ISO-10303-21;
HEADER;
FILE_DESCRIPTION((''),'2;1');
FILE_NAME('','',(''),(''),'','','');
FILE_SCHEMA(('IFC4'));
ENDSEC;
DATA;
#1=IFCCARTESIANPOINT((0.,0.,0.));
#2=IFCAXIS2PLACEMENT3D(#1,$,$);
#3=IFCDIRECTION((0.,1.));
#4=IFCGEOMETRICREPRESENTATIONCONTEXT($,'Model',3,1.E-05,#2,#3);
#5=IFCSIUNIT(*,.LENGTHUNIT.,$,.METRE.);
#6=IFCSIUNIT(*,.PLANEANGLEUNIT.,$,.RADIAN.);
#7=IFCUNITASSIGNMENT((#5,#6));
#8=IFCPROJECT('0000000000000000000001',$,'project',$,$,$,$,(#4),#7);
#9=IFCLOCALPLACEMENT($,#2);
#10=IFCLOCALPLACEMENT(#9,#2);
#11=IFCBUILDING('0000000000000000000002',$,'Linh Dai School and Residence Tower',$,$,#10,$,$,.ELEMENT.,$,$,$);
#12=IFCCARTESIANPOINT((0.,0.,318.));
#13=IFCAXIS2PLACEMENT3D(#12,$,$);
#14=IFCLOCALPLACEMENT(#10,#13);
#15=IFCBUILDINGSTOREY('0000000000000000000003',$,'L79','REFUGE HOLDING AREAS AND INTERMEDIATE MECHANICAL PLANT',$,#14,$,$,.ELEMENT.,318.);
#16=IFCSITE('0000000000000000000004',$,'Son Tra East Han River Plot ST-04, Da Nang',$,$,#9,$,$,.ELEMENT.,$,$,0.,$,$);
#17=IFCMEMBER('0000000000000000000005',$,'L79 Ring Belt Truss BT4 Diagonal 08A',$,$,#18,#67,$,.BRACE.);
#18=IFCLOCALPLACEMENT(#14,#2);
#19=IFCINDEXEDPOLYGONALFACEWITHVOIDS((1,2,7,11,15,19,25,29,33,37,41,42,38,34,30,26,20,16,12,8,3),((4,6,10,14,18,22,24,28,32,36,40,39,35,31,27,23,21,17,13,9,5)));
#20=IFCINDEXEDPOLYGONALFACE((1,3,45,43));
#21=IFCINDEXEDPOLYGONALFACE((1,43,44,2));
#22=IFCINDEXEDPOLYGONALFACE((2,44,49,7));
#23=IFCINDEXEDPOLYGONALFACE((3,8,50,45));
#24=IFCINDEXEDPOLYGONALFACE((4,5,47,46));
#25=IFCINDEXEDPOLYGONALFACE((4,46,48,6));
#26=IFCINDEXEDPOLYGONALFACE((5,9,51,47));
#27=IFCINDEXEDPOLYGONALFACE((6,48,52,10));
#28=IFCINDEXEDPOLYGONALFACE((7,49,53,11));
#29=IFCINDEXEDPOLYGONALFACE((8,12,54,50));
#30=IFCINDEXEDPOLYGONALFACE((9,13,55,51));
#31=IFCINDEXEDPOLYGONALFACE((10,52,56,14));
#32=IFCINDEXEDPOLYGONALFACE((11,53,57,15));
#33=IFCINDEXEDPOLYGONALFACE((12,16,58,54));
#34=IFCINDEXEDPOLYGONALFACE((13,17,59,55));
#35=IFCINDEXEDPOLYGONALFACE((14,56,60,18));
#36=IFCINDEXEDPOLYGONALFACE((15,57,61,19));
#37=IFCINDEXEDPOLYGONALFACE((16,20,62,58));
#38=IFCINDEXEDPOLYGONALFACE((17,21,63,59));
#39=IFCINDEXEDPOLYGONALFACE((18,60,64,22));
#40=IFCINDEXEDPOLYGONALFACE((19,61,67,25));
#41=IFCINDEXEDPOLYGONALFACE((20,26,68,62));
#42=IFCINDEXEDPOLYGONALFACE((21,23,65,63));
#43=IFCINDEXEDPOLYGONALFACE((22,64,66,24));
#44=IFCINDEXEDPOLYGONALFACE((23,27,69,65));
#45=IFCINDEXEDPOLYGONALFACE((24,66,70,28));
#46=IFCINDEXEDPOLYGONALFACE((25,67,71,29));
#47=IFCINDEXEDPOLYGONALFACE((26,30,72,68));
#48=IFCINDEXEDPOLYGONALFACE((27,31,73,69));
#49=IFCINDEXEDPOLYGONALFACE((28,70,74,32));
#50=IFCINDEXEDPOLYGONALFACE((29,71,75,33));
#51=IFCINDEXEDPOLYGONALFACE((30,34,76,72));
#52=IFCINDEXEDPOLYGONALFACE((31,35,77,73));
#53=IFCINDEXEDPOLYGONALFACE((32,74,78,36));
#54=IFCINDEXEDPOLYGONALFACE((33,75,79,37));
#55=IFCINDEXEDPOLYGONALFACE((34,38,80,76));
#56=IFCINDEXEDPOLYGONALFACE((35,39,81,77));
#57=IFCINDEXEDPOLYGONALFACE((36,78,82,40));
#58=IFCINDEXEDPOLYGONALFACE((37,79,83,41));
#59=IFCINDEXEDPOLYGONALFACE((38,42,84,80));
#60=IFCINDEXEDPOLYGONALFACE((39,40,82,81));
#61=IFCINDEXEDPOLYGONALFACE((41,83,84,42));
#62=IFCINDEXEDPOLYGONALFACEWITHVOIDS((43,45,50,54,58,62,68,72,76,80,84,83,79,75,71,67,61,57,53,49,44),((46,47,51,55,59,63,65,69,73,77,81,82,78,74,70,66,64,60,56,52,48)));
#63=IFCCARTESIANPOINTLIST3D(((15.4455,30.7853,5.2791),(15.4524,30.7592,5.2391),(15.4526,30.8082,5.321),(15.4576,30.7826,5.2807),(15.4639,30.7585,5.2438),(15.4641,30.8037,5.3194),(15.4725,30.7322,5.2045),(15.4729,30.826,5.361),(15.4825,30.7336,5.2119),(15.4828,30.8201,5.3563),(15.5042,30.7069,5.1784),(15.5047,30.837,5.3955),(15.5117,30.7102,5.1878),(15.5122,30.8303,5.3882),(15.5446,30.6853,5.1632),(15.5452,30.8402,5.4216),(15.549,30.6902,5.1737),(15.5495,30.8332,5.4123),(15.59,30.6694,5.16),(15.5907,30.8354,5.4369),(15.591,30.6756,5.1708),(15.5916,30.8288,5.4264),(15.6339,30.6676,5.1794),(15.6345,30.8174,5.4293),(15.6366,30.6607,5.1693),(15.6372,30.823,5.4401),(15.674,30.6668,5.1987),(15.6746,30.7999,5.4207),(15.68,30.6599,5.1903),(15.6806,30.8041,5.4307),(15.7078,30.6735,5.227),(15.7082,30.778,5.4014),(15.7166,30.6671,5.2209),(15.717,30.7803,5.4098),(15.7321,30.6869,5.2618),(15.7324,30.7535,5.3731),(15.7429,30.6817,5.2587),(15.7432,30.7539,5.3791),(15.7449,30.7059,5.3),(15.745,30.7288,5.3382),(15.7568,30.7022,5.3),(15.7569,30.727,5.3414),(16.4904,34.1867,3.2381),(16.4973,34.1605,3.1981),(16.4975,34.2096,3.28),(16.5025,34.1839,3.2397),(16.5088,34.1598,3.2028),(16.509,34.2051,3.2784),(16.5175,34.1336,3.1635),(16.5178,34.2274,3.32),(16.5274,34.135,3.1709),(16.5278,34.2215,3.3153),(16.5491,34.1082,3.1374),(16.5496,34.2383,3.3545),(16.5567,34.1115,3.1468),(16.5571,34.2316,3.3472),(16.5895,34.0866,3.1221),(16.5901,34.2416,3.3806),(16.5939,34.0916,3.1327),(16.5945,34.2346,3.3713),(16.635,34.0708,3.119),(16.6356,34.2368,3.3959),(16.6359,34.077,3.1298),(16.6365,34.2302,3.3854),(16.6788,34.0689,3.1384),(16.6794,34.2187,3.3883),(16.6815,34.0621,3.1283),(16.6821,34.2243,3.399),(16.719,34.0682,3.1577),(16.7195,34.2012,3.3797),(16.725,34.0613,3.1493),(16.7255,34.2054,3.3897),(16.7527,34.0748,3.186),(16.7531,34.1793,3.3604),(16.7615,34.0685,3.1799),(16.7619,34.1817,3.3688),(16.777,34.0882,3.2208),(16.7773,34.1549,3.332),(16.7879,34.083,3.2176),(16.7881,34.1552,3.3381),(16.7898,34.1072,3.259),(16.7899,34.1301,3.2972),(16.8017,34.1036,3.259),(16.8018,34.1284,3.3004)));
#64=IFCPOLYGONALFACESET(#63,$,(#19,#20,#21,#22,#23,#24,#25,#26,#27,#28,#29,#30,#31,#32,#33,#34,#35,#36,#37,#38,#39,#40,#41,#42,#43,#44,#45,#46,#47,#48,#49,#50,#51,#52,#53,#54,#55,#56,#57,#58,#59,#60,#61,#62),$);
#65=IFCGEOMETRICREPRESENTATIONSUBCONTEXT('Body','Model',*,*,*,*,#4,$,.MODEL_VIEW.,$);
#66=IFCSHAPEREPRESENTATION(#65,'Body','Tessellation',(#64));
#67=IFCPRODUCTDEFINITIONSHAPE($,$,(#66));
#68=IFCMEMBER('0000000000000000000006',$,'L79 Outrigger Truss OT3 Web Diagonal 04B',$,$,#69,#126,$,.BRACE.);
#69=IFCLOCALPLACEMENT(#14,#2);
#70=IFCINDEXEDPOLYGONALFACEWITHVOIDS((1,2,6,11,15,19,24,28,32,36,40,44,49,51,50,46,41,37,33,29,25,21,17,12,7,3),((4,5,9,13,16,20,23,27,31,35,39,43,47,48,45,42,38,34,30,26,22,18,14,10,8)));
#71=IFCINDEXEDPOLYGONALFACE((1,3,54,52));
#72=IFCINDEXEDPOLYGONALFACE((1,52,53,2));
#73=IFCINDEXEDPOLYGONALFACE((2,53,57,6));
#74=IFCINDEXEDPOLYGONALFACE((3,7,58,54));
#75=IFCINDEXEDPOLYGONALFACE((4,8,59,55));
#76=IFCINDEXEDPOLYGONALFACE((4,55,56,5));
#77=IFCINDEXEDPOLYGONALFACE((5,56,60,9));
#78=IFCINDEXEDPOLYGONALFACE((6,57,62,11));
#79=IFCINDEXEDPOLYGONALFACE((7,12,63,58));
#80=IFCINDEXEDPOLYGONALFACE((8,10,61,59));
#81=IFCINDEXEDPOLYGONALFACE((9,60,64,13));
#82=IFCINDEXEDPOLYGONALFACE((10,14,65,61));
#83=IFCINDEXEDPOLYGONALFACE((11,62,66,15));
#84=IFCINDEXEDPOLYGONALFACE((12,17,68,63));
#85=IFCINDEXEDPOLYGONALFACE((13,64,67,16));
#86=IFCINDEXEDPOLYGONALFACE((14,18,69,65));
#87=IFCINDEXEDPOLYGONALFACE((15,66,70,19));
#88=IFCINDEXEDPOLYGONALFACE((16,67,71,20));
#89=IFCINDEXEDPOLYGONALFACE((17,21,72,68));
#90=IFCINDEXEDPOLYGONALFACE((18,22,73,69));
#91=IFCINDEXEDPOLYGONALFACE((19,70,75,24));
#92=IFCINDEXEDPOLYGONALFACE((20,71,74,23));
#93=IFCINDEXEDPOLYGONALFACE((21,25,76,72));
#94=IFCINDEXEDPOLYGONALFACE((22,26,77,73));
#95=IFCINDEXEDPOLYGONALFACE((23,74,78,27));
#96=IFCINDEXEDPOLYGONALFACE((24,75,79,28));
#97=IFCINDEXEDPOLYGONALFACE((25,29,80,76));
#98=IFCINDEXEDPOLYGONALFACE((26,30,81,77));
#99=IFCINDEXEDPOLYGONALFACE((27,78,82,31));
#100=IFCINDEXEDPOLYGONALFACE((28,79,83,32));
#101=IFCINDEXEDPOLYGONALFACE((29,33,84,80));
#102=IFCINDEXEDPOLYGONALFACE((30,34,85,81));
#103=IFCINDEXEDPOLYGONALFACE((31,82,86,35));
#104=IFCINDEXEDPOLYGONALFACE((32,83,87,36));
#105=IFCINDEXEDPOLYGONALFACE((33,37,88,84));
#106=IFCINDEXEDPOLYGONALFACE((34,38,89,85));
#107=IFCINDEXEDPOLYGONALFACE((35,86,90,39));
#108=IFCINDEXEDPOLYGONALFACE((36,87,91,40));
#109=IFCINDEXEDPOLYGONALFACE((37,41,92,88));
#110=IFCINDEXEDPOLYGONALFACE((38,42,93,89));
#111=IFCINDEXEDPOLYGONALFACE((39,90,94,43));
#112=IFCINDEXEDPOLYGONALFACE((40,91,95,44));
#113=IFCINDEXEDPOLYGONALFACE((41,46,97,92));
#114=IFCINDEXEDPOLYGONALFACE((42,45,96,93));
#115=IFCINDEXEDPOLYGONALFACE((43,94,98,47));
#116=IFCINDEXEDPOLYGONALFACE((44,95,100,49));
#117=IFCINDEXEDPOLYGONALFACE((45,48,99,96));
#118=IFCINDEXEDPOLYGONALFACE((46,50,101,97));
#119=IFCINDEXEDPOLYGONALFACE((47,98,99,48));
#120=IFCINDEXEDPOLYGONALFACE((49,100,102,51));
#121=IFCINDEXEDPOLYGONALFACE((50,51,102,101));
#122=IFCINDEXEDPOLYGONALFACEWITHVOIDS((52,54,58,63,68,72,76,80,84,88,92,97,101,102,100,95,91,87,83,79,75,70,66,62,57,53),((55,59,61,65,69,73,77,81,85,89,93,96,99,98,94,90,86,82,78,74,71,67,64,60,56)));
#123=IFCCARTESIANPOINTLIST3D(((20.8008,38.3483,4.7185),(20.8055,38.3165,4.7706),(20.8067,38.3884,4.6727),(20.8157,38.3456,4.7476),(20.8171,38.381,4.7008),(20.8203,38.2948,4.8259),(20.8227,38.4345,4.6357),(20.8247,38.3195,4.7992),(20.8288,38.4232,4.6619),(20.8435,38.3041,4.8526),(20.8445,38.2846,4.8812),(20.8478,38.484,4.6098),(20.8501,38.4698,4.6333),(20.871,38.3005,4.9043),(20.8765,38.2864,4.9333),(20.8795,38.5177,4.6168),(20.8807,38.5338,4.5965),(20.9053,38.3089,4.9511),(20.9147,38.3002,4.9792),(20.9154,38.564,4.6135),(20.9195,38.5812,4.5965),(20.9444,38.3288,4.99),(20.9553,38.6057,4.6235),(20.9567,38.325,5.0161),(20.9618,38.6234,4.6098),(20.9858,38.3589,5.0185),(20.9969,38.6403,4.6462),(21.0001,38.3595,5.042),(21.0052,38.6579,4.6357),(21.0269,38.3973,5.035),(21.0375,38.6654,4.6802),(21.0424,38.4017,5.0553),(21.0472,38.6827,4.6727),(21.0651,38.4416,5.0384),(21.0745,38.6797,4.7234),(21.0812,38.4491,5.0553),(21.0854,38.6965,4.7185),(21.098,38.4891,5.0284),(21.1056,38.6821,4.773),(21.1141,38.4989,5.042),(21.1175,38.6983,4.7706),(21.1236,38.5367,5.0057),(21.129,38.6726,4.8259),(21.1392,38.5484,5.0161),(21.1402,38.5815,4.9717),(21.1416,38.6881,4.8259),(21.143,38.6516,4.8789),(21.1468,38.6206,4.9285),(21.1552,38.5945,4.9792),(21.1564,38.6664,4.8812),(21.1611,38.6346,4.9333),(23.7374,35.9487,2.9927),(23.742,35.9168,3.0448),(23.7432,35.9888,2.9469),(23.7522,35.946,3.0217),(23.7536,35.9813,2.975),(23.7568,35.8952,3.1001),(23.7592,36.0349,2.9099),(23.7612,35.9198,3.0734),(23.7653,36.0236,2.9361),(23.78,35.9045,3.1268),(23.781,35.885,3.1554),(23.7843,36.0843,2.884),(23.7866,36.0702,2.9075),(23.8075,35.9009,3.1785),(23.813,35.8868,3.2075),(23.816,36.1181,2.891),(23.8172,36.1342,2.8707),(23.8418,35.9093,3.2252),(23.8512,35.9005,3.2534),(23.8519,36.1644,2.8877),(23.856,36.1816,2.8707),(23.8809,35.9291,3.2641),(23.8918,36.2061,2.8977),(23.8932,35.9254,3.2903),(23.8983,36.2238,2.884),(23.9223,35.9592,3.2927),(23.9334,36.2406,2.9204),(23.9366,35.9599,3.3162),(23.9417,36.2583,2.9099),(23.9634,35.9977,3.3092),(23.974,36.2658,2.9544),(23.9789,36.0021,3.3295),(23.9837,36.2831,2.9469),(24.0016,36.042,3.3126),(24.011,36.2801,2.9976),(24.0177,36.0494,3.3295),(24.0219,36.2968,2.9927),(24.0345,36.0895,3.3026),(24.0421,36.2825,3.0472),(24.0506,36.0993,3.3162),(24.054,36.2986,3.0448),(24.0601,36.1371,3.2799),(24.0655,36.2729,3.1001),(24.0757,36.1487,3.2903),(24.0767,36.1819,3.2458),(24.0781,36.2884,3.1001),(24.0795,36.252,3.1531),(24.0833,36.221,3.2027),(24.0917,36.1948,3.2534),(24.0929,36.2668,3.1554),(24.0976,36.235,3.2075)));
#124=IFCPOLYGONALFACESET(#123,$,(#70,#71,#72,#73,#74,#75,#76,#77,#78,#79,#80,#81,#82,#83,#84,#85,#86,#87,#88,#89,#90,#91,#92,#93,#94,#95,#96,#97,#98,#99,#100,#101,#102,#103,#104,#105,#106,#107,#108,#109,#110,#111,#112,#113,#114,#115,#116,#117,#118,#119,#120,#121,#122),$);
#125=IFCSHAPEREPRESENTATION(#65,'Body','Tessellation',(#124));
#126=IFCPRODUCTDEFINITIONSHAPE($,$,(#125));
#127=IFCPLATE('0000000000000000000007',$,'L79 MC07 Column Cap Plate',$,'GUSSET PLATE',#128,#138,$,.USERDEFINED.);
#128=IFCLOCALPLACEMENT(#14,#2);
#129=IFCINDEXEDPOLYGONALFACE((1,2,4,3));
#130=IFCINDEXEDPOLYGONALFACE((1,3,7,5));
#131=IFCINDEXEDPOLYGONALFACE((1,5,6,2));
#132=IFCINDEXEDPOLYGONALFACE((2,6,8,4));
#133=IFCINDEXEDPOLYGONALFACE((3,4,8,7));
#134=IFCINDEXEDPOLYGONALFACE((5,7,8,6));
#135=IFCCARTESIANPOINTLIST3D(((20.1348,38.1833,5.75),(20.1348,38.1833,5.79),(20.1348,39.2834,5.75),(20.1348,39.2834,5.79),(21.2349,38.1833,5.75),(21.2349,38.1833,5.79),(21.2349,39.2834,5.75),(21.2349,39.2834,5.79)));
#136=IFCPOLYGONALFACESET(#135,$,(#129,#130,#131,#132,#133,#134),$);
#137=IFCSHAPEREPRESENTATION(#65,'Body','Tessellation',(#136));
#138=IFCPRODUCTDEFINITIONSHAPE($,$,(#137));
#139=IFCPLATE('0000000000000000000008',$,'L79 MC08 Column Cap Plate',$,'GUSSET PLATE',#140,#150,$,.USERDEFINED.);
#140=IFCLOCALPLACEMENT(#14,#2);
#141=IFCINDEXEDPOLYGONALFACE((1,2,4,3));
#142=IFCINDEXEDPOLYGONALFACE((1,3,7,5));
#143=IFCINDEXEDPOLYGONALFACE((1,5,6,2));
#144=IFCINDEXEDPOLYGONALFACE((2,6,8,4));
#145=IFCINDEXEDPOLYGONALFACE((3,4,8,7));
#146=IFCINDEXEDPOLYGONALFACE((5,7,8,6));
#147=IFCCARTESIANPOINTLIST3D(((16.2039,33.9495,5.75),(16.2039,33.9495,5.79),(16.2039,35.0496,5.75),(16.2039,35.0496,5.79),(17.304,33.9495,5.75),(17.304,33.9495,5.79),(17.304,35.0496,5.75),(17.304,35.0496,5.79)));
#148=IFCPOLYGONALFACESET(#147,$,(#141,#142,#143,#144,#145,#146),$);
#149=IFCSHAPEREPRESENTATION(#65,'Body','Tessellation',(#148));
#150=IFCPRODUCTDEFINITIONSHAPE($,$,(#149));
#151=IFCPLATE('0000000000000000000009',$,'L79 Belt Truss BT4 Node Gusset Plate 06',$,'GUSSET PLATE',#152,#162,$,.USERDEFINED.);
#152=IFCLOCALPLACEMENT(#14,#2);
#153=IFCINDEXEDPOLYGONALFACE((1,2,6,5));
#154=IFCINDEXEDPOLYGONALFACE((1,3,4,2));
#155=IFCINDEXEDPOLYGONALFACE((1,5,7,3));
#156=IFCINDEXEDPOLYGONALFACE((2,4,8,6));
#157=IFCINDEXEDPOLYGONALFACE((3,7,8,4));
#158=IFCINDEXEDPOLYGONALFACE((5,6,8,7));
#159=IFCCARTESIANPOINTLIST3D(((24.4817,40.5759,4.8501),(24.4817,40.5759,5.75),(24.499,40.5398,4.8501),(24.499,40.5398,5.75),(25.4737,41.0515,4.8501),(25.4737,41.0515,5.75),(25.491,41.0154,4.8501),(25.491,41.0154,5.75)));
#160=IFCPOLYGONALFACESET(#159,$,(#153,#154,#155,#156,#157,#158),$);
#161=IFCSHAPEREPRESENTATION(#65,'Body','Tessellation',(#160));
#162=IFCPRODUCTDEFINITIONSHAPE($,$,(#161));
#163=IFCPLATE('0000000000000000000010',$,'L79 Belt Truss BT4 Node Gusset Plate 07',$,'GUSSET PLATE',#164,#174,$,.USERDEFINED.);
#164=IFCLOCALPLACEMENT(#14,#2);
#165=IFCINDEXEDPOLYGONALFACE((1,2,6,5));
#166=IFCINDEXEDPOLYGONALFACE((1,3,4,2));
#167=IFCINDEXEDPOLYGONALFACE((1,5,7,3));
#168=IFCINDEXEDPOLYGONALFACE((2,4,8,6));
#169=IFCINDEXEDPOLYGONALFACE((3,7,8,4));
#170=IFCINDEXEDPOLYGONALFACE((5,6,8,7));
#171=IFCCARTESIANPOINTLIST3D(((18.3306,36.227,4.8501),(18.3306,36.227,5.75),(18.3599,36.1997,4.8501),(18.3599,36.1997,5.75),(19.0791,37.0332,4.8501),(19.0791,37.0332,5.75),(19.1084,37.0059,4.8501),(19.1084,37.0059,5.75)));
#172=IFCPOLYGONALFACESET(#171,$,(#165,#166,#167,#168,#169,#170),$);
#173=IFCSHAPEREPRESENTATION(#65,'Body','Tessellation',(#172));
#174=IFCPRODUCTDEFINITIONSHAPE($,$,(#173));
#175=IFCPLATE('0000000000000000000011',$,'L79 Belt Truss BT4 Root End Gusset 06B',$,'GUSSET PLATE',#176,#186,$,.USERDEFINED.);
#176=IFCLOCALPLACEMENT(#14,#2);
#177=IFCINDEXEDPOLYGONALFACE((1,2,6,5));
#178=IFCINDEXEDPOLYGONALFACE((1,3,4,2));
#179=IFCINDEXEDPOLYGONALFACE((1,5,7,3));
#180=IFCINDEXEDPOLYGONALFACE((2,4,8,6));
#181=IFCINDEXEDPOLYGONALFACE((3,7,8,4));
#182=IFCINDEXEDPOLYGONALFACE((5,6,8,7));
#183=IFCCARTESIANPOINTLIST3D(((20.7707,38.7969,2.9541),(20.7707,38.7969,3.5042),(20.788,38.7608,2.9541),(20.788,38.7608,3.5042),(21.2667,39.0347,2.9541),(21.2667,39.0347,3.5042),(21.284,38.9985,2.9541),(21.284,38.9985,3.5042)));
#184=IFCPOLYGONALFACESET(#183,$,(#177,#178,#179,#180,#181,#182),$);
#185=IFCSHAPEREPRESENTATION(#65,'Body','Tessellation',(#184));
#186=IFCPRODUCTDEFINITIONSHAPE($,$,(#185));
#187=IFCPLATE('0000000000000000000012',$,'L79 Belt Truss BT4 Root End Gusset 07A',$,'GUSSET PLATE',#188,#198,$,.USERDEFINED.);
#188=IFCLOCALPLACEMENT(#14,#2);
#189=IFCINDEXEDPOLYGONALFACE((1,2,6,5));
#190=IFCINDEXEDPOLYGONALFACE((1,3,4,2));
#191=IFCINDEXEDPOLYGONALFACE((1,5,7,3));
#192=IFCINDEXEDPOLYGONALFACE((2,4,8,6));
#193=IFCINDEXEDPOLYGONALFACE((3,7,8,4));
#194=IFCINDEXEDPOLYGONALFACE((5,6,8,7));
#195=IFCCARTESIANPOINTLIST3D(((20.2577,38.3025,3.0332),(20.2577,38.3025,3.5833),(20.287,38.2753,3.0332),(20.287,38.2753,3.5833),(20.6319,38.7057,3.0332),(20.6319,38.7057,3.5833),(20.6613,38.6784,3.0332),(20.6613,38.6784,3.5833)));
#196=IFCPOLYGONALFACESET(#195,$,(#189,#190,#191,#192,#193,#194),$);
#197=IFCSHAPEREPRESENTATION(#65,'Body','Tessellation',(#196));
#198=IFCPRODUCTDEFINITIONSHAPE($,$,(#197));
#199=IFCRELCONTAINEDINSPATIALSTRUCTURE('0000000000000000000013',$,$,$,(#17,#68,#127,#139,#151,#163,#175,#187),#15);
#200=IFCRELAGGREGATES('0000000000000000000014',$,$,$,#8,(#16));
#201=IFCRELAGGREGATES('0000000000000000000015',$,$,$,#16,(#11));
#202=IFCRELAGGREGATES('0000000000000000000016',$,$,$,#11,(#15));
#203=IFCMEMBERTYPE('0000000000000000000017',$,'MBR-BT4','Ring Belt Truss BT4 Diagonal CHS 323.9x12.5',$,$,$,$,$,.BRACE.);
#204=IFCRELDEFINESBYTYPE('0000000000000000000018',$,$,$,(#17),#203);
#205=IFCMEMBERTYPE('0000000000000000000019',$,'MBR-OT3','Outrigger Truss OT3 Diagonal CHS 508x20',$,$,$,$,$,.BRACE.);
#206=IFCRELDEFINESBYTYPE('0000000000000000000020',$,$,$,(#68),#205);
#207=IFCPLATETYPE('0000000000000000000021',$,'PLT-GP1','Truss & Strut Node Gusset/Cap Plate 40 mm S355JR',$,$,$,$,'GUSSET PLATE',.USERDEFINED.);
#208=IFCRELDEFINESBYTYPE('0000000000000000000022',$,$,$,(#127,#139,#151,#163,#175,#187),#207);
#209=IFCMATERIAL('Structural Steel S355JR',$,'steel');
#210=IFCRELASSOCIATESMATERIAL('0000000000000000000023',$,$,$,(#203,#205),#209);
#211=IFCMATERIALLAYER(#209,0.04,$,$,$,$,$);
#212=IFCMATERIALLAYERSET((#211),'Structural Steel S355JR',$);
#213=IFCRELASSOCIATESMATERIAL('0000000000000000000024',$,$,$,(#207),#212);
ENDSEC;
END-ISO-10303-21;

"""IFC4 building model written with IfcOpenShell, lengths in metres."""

from ifc_helpers import new_model, si_unit, direction, frame, origin, origin_2d, place, context, subcontext, project, spatial, rectangle, hollow_circle, extrude, source, transform, mapped, material, layer, layer_set, material_profile, profile_set, type_object, element, save


model = new_model("IFC4")

# Units and contexts
model_context = context("Model", 3, precision=1e-05, world=origin(), true_north=direction((0.0, 1.0)))
body_context = subcontext(model_context, "Body", "Model", "MODEL_VIEW")
ifc_project = project(units=[si_unit("LENGTHUNIT", "METRE"), si_unit("PLANEANGLEUNIT", "RADIAN")], contexts=[model_context])

# Site, building, storey
site_placement = place(None, origin())
site = spatial("IfcSite", under=ifc_project, at=site_placement, Name="Son Tra East Han River Plot ST-04, Da Nang", CompositionType="ELEMENT", RefElevation=0.0)
building_placement = place(site_placement, origin())
building = spatial("IfcBuilding", under=site, at=building_placement, Name="Linh Dai School and Residence Tower", CompositionType="ELEMENT")
storey_placement = place(building_placement, frame((0.0, 0.0, 318.0)))
storey = spatial("IfcBuildingStorey", under=building, at=storey_placement, Name="L79", Description="REFUGE HOLDING AREAS AND INTERMEDIATE MECHANICAL PLANT", CompositionType="ELEMENT", Elevation=318.0)

# Shared definitions
ifc_material_1 = material(Name="Structural Steel S355JR", Category="steel")

# Members
ifc_material_profile_1 = material_profile(ifc_material_1, hollow_circle(Radius=0.1619, WallThickness=0.0125, at=origin_2d()), Name="CHS 323.9x12.5")
ifc_profile_set_1 = profile_set([ifc_material_profile_1], Name="Structural Steel S355JR")
member_type_1 = type_object("IfcMemberType", Name="MBR-BT4", Description="Ring Belt Truss BT4 Diagonal CHS 323.9x12.5", PredefinedType="BRACE", material=ifc_profile_set_1)
member_1_placement = place(storey_placement, frame((16.647, 34.1511, 3.259), z_axis=(-0.254731, -0.829185, 0.497559), x_axis=(0.955909, -0.293662, 0.0)))
element("IfcMember", 1, at=member_1_placement, inside=storey, type_object=member_type_1, Name="L79 Ring Belt Truss BT4 Diagonal 08A", PredefinedType="BRACE", context=body_context, shape_type="SweptSolid", body=[
    extrude(hollow_circle(Radius=0.1619, WallThickness=0.0125, at=origin_2d()), origin(), (0.0, 0.0, 1.0), 4.1021),
])
ifc_material_profile_2 = material_profile(ifc_material_1, hollow_circle(Radius=0.2539, WallThickness=0.02, at=origin_2d()), Name="CHS 508x20")
ifc_profile_set_2 = profile_set([ifc_material_profile_2], Name="Structural Steel S355JR")
member_type_2 = type_object("IfcMemberType", Name="MBR-OT3", Description="Outrigger Truss OT3 Diagonal CHS 508x20", PredefinedType="BRACE", material=ifc_profile_set_2)
member_2_placement = place(storey_placement, frame((20.981, 38.4915, 4.8259), z_axis=(0.704788, -0.575936, -0.414212), x_axis=(0.632771, 0.774339, 0.0)))
element("IfcMember", 2, at=member_2_placement, inside=storey, type_object=member_type_2, Name="L79 Outrigger Truss OT3 Web Diagonal 04B", PredefinedType="BRACE", context=body_context, shape_type="SweptSolid", body=[
    extrude(hollow_circle(Radius=0.2539, WallThickness=0.02, at=origin_2d()), origin(), (0.0, 0.0, 1.0), 4.1665),
])

# Plates
ifc_layer_1 = layer(ifc_material_1, 0.04)
ifc_layer_set_1 = layer_set([ifc_layer_1], Name="Structural Steel S355JR")
plate_type = type_object("IfcPlateType", Name="PLT-GP1", Description="Truss & Strut Node Gusset/Cap Plate 40 mm S355JR", ElementType="GUSSET PLATE", PredefinedType="USERDEFINED", material=ifc_layer_set_1)
shared_shape_1 = source(origin(), body_context, "Body", "SweptSolid", [
    extrude(rectangle(XDim=1.1001, YDim=1.1001, at=origin_2d()), origin(), (0.0, 0.0, 1.0), 0.04),
])
for number, where, z_axis, x_axis, name in (
    (3, (20.6848, 38.7334, 5.75), (0.0, 0.0, 1.0), (1.0, 0.0, 0.0), "L79 MC07 Column Cap Plate"),
    (4, (16.7539, 34.4995, 5.75), (0.0, 0.0, 1.0), (1.0, 0.0, 0.0), "L79 MC08 Column Cap Plate"),
):
    element("IfcPlate", number, at=place(storey_placement, frame(where, z_axis=z_axis, x_axis=x_axis)), inside=storey, type_object=plate_type, Name=name, ObjectType="GUSSET PLATE", PredefinedType="USERDEFINED", context=body_context, shape_type="MappedRepresentation", body=[
        mapped(shared_shape_1, transform((0.0, 0.0, 0.0), x_axis=(1.0, 0.0, 0.0), y_axis=(0.0, 1.0, 0.0), z_axis=(0.0, 0.0, 1.0), scale=1.0)),
    ])
shared_shape_2 = source(origin(), body_context, "Body", "SweptSolid", [
    extrude(rectangle(XDim=1.1001, YDim=0.04, at=origin_2d()), origin(), (0.0, 0.0, 1.0), 0.8999),
])
for number, where, z_axis, x_axis, name in (
    (5, (24.9863, 40.7957, 4.8501), (0.0, 0.0, 1.0), (-0.901726, -0.432308, 0.0), "L79 Belt Truss BT4 Node Gusset Plate 06"),
    (6, (18.7195, 36.6165, 4.8501), (0.0, 0.0, 1.0), (-0.680392, -0.732848, 0.0), "L79 Belt Truss BT4 Node Gusset Plate 07"),
):
    element("IfcPlate", number, at=place(storey_placement, frame(where, z_axis=z_axis, x_axis=x_axis)), inside=storey, type_object=plate_type, Name=name, ObjectType="GUSSET PLATE", PredefinedType="USERDEFINED", context=body_context, shape_type="MappedRepresentation", body=[
        mapped(shared_shape_2, transform((0.0, 0.0, 0.0), x_axis=(1.0, 0.0, 0.0), y_axis=(0.0, 1.0, 0.0), z_axis=(0.0, 0.0, 1.0), scale=1.0)),
    ])
shared_shape_3 = source(origin(), body_context, "Body", "SweptSolid", [
    extrude(rectangle(XDim=0.55, YDim=0.04, at=origin_2d()), origin(), (0.0, 0.0, 1.0), 0.55),
])
for number, where, z_axis, x_axis, name in (
    (7, (21.0273, 38.8977, 2.9541), (0.0, 0.0, 1.0), (-0.901726, -0.432308, 0.0), "L79 Belt Truss BT4 Root End Gusset 06B"),
    (8, (20.4595, 38.4905, 3.0332), (0.0, 0.0, 1.0), (-0.680392, -0.732848, 0.0), "L79 Belt Truss BT4 Root End Gusset 07A"),
):
    element("IfcPlate", number, at=place(storey_placement, frame(where, z_axis=z_axis, x_axis=x_axis)), inside=storey, type_object=plate_type, Name=name, ObjectType="GUSSET PLATE", PredefinedType="USERDEFINED", context=body_context, shape_type="MappedRepresentation", body=[
        mapped(shared_shape_3, transform((0.0, 0.0, 0.0), x_axis=(1.0, 0.0, 0.0), y_axis=(0.0, 1.0, 0.0), z_axis=(0.0, 0.0, 1.0), scale=1.0)),
    ])

save(model, "model.ifc")
